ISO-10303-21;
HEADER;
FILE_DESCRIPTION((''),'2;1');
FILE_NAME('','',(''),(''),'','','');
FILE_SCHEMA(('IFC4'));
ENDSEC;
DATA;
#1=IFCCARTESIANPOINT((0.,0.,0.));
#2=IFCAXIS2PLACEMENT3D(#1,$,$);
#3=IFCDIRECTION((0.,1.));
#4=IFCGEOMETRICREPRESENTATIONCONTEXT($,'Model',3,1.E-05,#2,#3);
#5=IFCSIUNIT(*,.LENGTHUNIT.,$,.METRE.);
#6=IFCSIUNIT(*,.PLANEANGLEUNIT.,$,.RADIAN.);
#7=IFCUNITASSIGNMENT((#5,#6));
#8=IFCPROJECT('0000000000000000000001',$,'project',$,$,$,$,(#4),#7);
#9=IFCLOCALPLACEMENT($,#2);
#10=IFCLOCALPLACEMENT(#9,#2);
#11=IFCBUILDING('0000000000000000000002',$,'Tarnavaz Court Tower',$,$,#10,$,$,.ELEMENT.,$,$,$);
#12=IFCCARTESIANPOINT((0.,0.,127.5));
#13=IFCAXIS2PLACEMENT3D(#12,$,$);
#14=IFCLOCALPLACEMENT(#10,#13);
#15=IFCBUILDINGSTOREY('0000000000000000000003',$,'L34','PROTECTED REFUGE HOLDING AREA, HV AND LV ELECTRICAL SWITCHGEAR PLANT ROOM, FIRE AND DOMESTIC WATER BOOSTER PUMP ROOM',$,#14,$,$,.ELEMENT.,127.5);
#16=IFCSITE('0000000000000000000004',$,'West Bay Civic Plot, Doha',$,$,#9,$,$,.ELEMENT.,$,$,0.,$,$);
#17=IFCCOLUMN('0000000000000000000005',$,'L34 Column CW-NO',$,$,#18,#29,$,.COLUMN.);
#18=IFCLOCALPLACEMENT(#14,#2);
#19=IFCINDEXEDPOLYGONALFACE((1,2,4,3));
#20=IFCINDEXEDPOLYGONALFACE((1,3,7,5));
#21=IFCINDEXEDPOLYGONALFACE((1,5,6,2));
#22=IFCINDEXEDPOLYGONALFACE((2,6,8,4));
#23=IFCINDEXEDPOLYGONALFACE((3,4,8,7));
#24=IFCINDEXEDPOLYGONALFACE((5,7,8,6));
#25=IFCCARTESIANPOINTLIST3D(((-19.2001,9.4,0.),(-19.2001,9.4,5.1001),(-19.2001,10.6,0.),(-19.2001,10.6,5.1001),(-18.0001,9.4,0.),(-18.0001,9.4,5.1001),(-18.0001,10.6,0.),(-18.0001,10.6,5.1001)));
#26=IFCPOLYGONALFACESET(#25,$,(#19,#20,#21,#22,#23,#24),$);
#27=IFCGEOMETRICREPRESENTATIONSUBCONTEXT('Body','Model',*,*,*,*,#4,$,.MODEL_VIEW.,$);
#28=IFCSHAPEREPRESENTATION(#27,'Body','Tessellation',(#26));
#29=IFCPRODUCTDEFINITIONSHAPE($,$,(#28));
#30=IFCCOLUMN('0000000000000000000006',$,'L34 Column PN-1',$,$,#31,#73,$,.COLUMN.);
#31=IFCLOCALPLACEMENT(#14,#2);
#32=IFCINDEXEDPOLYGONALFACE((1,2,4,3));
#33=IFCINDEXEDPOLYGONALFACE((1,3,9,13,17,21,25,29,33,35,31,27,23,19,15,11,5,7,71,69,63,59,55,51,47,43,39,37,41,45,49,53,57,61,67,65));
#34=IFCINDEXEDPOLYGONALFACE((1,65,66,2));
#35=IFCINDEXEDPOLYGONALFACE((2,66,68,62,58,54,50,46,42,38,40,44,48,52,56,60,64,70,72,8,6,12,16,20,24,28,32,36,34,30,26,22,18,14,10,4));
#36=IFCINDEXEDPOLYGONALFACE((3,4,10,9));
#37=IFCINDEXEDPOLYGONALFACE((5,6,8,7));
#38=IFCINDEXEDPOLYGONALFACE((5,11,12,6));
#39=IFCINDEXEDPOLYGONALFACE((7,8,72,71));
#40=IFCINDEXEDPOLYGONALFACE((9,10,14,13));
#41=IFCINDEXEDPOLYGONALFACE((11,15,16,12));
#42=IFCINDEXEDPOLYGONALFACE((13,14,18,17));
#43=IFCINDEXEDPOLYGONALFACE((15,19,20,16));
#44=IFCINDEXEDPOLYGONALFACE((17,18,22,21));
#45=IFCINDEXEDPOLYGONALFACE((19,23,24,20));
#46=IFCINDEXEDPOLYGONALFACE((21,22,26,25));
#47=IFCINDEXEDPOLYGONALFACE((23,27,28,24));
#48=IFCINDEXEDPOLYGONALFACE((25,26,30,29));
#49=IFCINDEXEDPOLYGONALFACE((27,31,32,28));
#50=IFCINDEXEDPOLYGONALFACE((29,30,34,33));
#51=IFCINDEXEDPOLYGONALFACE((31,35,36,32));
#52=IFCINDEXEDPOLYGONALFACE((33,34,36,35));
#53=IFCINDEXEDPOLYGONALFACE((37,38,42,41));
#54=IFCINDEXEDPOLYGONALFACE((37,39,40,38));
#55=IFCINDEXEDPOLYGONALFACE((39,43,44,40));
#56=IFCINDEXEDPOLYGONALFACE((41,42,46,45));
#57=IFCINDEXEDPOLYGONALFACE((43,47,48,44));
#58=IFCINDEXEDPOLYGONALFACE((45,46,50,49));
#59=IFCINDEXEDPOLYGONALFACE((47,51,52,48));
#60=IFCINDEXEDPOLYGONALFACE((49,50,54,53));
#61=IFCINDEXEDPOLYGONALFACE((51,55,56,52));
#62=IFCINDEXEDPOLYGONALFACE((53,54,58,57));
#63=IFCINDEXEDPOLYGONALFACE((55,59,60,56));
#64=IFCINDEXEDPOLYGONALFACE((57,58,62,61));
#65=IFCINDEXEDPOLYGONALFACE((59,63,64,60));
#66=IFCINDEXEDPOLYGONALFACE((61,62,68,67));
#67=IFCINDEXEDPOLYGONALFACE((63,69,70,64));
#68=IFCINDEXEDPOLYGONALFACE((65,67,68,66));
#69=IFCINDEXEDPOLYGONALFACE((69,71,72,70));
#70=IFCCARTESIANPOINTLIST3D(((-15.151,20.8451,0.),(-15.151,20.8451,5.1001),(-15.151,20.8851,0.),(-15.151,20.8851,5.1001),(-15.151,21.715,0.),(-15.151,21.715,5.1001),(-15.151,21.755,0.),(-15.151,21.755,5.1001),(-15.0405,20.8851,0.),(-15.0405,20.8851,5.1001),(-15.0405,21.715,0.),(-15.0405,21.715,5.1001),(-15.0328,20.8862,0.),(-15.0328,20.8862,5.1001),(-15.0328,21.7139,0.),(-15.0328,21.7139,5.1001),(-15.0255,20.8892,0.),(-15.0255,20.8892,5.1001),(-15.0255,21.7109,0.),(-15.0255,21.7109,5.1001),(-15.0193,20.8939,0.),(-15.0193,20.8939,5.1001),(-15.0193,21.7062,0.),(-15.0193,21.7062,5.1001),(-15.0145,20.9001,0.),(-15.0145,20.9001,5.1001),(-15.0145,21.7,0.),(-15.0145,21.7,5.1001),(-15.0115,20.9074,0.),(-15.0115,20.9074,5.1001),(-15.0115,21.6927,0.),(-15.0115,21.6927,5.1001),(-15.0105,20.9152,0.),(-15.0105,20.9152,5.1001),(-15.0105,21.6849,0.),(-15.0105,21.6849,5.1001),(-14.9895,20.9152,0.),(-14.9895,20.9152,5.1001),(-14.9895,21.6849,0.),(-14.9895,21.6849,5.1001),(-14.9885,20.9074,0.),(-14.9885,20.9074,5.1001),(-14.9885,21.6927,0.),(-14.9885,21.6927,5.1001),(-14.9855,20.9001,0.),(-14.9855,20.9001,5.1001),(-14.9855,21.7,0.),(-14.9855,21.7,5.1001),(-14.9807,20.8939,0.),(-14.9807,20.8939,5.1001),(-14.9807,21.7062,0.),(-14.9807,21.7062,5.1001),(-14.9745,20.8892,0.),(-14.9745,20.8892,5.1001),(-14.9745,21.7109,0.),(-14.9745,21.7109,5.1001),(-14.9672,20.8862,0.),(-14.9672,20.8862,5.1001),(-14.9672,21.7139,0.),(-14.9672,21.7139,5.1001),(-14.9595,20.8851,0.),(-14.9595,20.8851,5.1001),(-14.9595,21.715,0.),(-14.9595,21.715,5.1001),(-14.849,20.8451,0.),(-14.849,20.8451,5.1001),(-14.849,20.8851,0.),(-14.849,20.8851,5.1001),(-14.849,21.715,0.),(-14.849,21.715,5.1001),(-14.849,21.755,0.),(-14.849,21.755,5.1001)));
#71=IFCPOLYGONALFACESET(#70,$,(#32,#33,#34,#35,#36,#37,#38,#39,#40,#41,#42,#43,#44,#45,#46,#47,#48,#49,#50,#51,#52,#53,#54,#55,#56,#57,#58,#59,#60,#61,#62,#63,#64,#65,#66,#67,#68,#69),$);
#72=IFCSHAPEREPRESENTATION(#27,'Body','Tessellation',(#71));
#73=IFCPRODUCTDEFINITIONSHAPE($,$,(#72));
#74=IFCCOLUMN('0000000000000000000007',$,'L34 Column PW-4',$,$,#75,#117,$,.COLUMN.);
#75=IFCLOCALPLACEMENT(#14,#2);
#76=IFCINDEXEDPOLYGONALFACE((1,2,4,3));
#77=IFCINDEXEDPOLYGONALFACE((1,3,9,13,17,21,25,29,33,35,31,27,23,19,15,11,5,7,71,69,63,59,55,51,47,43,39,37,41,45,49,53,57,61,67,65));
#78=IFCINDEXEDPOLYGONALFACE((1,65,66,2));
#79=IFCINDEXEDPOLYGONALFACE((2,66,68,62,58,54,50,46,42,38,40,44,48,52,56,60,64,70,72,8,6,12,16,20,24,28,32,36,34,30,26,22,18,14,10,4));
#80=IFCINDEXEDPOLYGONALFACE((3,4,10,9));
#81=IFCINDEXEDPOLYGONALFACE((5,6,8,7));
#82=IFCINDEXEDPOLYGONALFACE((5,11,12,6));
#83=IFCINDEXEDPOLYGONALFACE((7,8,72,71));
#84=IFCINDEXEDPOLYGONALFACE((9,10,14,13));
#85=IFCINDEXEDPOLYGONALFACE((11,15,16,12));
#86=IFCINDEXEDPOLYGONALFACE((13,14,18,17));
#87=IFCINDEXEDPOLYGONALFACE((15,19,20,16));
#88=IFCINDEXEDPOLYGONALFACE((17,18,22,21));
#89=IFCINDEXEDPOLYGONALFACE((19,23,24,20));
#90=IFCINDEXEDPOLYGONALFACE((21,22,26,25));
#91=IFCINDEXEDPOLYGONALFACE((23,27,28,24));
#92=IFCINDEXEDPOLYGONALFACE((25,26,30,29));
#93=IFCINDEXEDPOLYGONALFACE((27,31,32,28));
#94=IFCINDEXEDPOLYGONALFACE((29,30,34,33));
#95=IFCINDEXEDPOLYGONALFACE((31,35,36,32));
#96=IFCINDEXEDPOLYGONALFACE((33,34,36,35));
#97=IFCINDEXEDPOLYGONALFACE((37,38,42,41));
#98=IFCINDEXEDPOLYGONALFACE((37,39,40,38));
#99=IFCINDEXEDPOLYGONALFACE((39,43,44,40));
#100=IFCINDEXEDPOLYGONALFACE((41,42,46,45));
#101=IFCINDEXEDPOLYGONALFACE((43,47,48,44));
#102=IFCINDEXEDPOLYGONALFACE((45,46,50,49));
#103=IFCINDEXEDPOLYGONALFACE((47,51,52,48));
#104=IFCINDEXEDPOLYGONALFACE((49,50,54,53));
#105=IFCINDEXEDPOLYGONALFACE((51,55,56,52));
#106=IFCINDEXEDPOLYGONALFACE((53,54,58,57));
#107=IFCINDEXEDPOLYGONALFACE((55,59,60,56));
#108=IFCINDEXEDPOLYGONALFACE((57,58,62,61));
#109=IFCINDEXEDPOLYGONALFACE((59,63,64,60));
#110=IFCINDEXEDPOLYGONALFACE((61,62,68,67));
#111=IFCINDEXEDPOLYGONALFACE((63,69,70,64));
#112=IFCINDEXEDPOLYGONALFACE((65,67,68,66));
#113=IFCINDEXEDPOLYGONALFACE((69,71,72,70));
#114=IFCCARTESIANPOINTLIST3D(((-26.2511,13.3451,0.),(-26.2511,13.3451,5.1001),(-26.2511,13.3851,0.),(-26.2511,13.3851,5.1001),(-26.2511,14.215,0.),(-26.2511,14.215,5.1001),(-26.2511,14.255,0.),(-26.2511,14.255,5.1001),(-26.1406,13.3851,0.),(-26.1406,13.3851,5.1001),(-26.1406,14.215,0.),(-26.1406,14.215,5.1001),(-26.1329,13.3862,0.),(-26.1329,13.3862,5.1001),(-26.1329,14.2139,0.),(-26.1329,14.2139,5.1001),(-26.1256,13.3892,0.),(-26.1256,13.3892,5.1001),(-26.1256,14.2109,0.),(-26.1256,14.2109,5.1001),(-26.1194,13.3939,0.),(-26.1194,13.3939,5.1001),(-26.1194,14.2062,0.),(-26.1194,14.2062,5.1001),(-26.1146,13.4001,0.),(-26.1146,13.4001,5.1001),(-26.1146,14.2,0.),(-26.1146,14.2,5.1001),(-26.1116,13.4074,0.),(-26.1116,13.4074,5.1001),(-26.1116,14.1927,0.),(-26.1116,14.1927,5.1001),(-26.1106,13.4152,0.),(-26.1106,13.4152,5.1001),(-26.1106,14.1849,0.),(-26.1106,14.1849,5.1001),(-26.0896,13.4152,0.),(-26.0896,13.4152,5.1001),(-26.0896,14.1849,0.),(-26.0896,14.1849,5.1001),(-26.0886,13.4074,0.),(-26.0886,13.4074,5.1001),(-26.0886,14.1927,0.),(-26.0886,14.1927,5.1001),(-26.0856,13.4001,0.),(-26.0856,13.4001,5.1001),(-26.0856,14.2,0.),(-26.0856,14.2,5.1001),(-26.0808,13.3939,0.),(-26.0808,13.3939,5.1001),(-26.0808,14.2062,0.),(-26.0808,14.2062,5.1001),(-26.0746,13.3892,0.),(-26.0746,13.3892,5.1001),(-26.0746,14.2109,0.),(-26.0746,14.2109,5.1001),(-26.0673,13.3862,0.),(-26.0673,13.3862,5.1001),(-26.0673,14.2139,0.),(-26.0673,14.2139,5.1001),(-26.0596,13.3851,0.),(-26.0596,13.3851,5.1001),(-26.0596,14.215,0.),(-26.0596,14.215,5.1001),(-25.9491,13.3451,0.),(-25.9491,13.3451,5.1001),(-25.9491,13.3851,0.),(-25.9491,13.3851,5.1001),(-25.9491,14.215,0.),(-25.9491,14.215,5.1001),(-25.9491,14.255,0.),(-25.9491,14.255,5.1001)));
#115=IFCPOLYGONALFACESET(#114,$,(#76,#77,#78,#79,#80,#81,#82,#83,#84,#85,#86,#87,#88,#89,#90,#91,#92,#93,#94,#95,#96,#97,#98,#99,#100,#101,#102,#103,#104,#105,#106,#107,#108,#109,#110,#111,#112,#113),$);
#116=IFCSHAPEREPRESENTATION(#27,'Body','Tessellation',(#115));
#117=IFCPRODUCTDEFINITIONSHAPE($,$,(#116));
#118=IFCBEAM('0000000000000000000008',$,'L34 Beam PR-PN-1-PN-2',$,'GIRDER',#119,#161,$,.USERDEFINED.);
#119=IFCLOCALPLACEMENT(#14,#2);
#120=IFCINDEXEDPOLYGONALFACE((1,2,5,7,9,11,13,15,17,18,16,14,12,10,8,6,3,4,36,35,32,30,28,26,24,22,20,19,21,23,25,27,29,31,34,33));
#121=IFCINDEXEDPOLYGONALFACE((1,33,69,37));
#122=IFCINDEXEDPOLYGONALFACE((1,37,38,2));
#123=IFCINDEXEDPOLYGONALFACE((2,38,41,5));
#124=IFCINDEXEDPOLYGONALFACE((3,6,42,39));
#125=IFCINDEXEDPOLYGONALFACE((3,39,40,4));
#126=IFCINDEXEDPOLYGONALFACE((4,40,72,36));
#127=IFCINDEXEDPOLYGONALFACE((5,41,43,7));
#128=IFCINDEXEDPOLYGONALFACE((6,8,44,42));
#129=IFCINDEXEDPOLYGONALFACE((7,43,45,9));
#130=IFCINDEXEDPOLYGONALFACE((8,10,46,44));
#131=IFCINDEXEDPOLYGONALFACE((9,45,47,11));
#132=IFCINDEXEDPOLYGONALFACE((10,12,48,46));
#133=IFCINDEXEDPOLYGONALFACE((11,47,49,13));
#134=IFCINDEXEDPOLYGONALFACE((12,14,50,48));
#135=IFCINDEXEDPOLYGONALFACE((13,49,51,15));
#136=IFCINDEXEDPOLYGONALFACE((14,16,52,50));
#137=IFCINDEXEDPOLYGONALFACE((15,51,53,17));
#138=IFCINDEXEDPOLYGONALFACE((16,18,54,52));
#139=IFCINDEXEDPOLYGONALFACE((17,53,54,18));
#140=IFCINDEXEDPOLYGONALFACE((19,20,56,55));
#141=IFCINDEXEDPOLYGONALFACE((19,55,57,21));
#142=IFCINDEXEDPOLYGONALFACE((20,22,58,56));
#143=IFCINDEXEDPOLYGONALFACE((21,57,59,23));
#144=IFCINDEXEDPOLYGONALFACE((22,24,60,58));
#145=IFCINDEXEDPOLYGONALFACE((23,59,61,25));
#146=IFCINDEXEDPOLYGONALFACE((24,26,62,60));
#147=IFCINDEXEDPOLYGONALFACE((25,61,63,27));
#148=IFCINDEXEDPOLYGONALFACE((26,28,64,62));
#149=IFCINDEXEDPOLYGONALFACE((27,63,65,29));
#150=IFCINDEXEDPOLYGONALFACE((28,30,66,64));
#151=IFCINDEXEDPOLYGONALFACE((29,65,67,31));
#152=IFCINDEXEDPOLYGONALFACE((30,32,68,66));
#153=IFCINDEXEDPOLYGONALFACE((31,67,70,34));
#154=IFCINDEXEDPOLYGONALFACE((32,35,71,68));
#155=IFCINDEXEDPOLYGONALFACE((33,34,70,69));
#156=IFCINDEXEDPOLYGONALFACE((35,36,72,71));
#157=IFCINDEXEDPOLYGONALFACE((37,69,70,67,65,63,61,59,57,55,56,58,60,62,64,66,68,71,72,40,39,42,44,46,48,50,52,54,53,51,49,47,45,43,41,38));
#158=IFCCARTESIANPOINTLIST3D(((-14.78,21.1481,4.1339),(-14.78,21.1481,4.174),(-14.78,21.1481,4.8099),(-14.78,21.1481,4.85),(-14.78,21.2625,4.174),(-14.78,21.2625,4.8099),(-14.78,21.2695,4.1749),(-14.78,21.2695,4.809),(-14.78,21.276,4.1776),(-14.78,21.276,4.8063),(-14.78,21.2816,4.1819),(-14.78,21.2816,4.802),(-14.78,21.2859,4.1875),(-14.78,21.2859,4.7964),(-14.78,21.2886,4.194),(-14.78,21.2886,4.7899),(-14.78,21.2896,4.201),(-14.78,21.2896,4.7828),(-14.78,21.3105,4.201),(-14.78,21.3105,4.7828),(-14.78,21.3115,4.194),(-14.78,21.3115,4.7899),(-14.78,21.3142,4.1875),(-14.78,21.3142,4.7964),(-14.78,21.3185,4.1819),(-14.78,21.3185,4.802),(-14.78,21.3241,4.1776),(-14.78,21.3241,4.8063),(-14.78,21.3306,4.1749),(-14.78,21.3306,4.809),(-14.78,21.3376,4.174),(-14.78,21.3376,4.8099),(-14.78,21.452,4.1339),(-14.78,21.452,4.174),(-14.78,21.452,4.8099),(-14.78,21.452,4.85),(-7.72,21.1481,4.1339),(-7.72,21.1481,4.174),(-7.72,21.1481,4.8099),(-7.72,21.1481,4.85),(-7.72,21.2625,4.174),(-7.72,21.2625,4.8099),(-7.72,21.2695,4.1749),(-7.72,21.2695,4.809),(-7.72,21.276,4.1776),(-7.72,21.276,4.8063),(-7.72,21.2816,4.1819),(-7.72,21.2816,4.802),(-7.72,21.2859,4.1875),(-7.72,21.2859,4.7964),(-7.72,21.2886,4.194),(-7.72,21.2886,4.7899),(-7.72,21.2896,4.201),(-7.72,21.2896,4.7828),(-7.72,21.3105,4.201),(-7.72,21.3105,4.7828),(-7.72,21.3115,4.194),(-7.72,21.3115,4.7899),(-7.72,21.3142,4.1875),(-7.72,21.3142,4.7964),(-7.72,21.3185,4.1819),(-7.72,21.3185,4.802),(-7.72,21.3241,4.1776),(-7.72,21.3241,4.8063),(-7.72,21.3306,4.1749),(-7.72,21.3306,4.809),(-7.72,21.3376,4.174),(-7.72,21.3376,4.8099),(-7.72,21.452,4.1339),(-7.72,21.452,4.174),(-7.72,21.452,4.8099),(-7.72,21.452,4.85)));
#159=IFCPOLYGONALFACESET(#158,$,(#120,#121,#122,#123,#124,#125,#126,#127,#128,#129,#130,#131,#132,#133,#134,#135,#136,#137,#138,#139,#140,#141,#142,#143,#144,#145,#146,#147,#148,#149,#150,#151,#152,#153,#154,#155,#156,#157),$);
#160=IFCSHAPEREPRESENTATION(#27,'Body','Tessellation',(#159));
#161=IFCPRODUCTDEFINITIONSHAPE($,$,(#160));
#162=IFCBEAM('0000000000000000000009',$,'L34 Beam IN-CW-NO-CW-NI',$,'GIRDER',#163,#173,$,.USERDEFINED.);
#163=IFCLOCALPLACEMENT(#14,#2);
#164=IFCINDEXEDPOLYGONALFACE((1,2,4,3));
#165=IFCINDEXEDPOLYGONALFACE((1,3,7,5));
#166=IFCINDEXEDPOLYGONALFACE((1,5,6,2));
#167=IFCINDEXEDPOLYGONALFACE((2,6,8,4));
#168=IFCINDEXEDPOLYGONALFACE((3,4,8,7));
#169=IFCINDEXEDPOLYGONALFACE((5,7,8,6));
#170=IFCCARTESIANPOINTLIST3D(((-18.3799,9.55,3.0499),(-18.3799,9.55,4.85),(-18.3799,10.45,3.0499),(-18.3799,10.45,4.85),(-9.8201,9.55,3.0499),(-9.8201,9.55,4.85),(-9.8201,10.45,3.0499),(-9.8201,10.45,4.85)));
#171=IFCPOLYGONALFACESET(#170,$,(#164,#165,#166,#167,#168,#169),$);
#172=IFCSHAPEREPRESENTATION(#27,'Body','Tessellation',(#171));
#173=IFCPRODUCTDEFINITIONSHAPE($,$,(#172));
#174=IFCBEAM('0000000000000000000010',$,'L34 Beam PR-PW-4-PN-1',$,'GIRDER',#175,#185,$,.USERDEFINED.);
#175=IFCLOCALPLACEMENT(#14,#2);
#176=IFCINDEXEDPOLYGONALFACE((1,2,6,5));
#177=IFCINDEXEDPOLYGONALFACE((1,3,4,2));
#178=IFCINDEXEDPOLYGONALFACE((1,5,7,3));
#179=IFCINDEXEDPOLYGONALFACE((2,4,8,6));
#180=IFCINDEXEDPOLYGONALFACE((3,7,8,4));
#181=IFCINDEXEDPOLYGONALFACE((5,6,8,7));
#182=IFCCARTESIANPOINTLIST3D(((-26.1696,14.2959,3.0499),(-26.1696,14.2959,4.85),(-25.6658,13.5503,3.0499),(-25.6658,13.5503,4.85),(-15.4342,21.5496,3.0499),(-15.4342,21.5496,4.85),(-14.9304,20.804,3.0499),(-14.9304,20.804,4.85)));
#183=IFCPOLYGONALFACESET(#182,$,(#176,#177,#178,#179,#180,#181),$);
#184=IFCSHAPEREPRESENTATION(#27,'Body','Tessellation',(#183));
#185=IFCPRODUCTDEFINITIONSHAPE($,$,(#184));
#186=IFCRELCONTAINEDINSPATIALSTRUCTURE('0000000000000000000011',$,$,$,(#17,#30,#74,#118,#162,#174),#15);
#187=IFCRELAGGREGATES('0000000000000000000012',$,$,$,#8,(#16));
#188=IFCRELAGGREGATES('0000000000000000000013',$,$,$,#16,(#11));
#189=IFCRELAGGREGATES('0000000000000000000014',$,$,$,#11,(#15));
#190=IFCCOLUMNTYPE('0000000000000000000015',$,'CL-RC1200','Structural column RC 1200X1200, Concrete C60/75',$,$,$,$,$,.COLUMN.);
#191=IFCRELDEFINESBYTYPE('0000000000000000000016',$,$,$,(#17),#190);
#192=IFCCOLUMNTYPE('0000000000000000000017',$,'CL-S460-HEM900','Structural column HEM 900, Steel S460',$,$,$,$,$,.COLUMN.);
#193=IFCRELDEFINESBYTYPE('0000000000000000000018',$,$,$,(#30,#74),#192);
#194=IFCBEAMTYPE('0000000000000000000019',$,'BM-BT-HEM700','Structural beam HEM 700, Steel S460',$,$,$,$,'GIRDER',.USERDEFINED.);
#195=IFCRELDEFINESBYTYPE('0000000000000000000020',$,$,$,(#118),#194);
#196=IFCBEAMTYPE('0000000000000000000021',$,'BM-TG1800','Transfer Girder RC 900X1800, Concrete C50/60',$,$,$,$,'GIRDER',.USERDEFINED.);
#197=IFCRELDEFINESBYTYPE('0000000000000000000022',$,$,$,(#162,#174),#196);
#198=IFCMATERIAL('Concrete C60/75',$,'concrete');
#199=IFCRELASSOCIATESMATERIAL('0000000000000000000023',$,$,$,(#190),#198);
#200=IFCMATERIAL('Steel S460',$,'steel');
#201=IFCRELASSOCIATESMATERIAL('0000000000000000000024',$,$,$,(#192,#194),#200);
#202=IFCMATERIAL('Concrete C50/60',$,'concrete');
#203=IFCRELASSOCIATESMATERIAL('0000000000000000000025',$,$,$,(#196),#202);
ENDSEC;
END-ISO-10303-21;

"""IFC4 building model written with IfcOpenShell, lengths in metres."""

from ifc_helpers import new_model, si_unit, direction, frame, origin, origin_2d, place, context, subcontext, project, spatial, rectangle, i_section, extrude, material, material_profile, profile_set, type_object, element, save


model = new_model("IFC4")

# Units and contexts
model_context = context("Model", 3, precision=1e-05, world=origin(), true_north=direction((0.0, 1.0)))
body_context = subcontext(model_context, "Body", "Model", "MODEL_VIEW")
ifc_project = project(units=[si_unit("LENGTHUNIT", "METRE"), si_unit("PLANEANGLEUNIT", "RADIAN")], contexts=[model_context])

# Site, building, storey
site_placement = place(None, origin())
site = spatial("IfcSite", under=ifc_project, at=site_placement, Name="West Bay Civic Plot, Doha", CompositionType="ELEMENT", RefElevation=0.0)
building_placement = place(site_placement, origin())
building = spatial("IfcBuilding", under=site, at=building_placement, Name="Tarnavaz Court Tower", CompositionType="ELEMENT")
storey_placement = place(building_placement, frame((0.0, 0.0, 127.5)))
storey = spatial("IfcBuildingStorey", under=building, at=storey_placement, Name="L34", Description="PROTECTED REFUGE HOLDING AREA, HV AND LV ELECTRICAL SWITCHGEAR PLANT ROOM, FIRE AND DOMESTIC WATER BOOSTER PUMP ROOM", CompositionType="ELEMENT", Elevation=127.5)

# Columns
ifc_material_1 = material(Name="Concrete C60/75", Category="concrete")
ifc_material_profile_1 = material_profile(ifc_material_1, rectangle(XDim=1.2, YDim=1.2, at=origin_2d()), Name="RC 1200X1200")
ifc_profile_set_1 = profile_set([ifc_material_profile_1], Name="Concrete C60/75")
column_type_1 = type_object("IfcColumnType", Name="CL-RC1200", Description="Structural column RC 1200X1200, Concrete C60/75", PredefinedType="COLUMN", material=ifc_profile_set_1)
column_placement = place(storey_placement, frame((-18.6001, 10.0, 0.0), z_axis=(0.0, 0.0, 1.0), x_axis=(1.0, 0.0, 0.0)))
element("IfcColumn", 1, at=column_placement, inside=storey, type_object=column_type_1, Name="L34 Column CW-NO", PredefinedType="COLUMN", context=body_context, shape_type="SweptSolid", body=[
    extrude(rectangle(XDim=1.2, YDim=1.2, at=origin_2d()), origin(), (0.0, 0.0, 1.0), 5.1001),
])
ifc_material_2 = material(Name="Steel S460", Category="steel")
ifc_material_profile_2 = material_profile(ifc_material_2, i_section(OverallWidth=0.302, OverallDepth=0.9099, WebThickness=0.021, FlangeThickness=0.04, FilletRadius=0.03, at=origin_2d()), Name="HEM 900")
ifc_profile_set_2 = profile_set([ifc_material_profile_2], Name="Steel S460")
column_type_2 = type_object("IfcColumnType", Name="CL-S460-HEM900", Description="Structural column HEM 900, Steel S460", PredefinedType="COLUMN", material=ifc_profile_set_2)
for number, where, z_axis, x_axis, name in (
    (2, (-15.0, 21.3, 0.0), (0.0, 0.0, 1.0), (1.0, 0.0, 0.0), "L34 Column PN-1"),
    (3, (-26.1001, 13.8, 0.0), (0.0, 0.0, 1.0), (1.0, 0.0, 0.0), "L34 Column PW-4"),
):
    element("IfcColumn", number, at=place(storey_placement, frame(where, z_axis=z_axis, x_axis=x_axis)), inside=storey, type_object=column_type_2, Name=name, PredefinedType="COLUMN", context=body_context, shape_type="SweptSolid", body=[
        extrude(i_section(OverallWidth=0.302, OverallDepth=0.9099, WebThickness=0.021, FlangeThickness=0.04, FilletRadius=0.03, at=origin_2d()), origin(), (0.0, 0.0, 1.0), 5.1001),
    ])

# Beams
ifc_material_profile_3 = material_profile(ifc_material_2, i_section(OverallWidth=0.304, OverallDepth=0.7161, WebThickness=0.021, FlangeThickness=0.04, FilletRadius=0.0271, at=origin_2d()), Name="HEM 700")
ifc_profile_set_3 = profile_set([ifc_material_profile_3], Name="Steel S460")
beam_type_1 = type_object("IfcBeamType", Name="BM-BT-HEM700", Description="Structural beam HEM 700, Steel S460", ElementType="GIRDER", PredefinedType="USERDEFINED", material=ifc_profile_set_3)
beam_1_placement = place(storey_placement, frame((-14.78, 21.3, 4.4919), z_axis=(1.0, 0.0, 0.0), x_axis=(0.0, 1.0, 0.0)))
element("IfcBeam", 4, at=beam_1_placement, inside=storey, type_object=beam_type_1, Name="L34 Beam PR-PN-1-PN-2", ObjectType="GIRDER", PredefinedType="USERDEFINED", context=body_context, shape_type="SweptSolid", body=[
    extrude(i_section(OverallWidth=0.304, OverallDepth=0.7161, WebThickness=0.021, FlangeThickness=0.04, FilletRadius=0.0271, at=origin_2d()), origin(), (0.0, 0.0, 1.0), 7.0601),
])
ifc_material_3 = material(Name="Concrete C50/60", Category="concrete")
ifc_material_profile_4 = material_profile(ifc_material_3, rectangle(XDim=0.8999, YDim=1.8, at=origin_2d()), Name="RC 900X1800")
ifc_profile_set_4 = profile_set([ifc_material_profile_4], Name="Concrete C50/60")
beam_type_2 = type_object("IfcBeamType", Name="BM-TG1800", Description="Transfer Girder RC 900X1800, Concrete C50/60", ElementType="GIRDER", PredefinedType="USERDEFINED", material=ifc_profile_set_4)
beam_2_placement = place(storey_placement, frame((-18.3799, 10.0, 3.95), z_axis=(1.0, 0.0, 0.0), x_axis=(0.0, 1.0, 0.0)))
element("IfcBeam", 5, at=beam_2_placement, inside=storey, type_object=beam_type_2, Name="L34 Beam IN-CW-NO-CW-NI", ObjectType="GIRDER", PredefinedType="USERDEFINED", context=body_context, shape_type="SweptSolid", body=[
    extrude(rectangle(XDim=0.8999, YDim=1.8, at=origin_2d()), origin(), (0.0, 0.0, 1.0), 8.5598),
])
beam_3_placement = place(storey_placement, frame((-25.9177, 13.9231, 3.95), z_axis=(0.828587, 0.55986, 0.0), x_axis=(-0.55986, 0.828587, 0.0)))
element("IfcBeam", 6, at=beam_3_placement, inside=storey, type_object=beam_type_2, Name="L34 Beam PR-PW-4-PN-1", ObjectType="GIRDER", PredefinedType="USERDEFINED", context=body_context, shape_type="SweptSolid", body=[
    extrude(rectangle(XDim=0.8999, YDim=1.8, at=origin_2d()), origin(), (0.0, 0.0, 1.0), 12.9563),
])

save(model, "model.ifc")
